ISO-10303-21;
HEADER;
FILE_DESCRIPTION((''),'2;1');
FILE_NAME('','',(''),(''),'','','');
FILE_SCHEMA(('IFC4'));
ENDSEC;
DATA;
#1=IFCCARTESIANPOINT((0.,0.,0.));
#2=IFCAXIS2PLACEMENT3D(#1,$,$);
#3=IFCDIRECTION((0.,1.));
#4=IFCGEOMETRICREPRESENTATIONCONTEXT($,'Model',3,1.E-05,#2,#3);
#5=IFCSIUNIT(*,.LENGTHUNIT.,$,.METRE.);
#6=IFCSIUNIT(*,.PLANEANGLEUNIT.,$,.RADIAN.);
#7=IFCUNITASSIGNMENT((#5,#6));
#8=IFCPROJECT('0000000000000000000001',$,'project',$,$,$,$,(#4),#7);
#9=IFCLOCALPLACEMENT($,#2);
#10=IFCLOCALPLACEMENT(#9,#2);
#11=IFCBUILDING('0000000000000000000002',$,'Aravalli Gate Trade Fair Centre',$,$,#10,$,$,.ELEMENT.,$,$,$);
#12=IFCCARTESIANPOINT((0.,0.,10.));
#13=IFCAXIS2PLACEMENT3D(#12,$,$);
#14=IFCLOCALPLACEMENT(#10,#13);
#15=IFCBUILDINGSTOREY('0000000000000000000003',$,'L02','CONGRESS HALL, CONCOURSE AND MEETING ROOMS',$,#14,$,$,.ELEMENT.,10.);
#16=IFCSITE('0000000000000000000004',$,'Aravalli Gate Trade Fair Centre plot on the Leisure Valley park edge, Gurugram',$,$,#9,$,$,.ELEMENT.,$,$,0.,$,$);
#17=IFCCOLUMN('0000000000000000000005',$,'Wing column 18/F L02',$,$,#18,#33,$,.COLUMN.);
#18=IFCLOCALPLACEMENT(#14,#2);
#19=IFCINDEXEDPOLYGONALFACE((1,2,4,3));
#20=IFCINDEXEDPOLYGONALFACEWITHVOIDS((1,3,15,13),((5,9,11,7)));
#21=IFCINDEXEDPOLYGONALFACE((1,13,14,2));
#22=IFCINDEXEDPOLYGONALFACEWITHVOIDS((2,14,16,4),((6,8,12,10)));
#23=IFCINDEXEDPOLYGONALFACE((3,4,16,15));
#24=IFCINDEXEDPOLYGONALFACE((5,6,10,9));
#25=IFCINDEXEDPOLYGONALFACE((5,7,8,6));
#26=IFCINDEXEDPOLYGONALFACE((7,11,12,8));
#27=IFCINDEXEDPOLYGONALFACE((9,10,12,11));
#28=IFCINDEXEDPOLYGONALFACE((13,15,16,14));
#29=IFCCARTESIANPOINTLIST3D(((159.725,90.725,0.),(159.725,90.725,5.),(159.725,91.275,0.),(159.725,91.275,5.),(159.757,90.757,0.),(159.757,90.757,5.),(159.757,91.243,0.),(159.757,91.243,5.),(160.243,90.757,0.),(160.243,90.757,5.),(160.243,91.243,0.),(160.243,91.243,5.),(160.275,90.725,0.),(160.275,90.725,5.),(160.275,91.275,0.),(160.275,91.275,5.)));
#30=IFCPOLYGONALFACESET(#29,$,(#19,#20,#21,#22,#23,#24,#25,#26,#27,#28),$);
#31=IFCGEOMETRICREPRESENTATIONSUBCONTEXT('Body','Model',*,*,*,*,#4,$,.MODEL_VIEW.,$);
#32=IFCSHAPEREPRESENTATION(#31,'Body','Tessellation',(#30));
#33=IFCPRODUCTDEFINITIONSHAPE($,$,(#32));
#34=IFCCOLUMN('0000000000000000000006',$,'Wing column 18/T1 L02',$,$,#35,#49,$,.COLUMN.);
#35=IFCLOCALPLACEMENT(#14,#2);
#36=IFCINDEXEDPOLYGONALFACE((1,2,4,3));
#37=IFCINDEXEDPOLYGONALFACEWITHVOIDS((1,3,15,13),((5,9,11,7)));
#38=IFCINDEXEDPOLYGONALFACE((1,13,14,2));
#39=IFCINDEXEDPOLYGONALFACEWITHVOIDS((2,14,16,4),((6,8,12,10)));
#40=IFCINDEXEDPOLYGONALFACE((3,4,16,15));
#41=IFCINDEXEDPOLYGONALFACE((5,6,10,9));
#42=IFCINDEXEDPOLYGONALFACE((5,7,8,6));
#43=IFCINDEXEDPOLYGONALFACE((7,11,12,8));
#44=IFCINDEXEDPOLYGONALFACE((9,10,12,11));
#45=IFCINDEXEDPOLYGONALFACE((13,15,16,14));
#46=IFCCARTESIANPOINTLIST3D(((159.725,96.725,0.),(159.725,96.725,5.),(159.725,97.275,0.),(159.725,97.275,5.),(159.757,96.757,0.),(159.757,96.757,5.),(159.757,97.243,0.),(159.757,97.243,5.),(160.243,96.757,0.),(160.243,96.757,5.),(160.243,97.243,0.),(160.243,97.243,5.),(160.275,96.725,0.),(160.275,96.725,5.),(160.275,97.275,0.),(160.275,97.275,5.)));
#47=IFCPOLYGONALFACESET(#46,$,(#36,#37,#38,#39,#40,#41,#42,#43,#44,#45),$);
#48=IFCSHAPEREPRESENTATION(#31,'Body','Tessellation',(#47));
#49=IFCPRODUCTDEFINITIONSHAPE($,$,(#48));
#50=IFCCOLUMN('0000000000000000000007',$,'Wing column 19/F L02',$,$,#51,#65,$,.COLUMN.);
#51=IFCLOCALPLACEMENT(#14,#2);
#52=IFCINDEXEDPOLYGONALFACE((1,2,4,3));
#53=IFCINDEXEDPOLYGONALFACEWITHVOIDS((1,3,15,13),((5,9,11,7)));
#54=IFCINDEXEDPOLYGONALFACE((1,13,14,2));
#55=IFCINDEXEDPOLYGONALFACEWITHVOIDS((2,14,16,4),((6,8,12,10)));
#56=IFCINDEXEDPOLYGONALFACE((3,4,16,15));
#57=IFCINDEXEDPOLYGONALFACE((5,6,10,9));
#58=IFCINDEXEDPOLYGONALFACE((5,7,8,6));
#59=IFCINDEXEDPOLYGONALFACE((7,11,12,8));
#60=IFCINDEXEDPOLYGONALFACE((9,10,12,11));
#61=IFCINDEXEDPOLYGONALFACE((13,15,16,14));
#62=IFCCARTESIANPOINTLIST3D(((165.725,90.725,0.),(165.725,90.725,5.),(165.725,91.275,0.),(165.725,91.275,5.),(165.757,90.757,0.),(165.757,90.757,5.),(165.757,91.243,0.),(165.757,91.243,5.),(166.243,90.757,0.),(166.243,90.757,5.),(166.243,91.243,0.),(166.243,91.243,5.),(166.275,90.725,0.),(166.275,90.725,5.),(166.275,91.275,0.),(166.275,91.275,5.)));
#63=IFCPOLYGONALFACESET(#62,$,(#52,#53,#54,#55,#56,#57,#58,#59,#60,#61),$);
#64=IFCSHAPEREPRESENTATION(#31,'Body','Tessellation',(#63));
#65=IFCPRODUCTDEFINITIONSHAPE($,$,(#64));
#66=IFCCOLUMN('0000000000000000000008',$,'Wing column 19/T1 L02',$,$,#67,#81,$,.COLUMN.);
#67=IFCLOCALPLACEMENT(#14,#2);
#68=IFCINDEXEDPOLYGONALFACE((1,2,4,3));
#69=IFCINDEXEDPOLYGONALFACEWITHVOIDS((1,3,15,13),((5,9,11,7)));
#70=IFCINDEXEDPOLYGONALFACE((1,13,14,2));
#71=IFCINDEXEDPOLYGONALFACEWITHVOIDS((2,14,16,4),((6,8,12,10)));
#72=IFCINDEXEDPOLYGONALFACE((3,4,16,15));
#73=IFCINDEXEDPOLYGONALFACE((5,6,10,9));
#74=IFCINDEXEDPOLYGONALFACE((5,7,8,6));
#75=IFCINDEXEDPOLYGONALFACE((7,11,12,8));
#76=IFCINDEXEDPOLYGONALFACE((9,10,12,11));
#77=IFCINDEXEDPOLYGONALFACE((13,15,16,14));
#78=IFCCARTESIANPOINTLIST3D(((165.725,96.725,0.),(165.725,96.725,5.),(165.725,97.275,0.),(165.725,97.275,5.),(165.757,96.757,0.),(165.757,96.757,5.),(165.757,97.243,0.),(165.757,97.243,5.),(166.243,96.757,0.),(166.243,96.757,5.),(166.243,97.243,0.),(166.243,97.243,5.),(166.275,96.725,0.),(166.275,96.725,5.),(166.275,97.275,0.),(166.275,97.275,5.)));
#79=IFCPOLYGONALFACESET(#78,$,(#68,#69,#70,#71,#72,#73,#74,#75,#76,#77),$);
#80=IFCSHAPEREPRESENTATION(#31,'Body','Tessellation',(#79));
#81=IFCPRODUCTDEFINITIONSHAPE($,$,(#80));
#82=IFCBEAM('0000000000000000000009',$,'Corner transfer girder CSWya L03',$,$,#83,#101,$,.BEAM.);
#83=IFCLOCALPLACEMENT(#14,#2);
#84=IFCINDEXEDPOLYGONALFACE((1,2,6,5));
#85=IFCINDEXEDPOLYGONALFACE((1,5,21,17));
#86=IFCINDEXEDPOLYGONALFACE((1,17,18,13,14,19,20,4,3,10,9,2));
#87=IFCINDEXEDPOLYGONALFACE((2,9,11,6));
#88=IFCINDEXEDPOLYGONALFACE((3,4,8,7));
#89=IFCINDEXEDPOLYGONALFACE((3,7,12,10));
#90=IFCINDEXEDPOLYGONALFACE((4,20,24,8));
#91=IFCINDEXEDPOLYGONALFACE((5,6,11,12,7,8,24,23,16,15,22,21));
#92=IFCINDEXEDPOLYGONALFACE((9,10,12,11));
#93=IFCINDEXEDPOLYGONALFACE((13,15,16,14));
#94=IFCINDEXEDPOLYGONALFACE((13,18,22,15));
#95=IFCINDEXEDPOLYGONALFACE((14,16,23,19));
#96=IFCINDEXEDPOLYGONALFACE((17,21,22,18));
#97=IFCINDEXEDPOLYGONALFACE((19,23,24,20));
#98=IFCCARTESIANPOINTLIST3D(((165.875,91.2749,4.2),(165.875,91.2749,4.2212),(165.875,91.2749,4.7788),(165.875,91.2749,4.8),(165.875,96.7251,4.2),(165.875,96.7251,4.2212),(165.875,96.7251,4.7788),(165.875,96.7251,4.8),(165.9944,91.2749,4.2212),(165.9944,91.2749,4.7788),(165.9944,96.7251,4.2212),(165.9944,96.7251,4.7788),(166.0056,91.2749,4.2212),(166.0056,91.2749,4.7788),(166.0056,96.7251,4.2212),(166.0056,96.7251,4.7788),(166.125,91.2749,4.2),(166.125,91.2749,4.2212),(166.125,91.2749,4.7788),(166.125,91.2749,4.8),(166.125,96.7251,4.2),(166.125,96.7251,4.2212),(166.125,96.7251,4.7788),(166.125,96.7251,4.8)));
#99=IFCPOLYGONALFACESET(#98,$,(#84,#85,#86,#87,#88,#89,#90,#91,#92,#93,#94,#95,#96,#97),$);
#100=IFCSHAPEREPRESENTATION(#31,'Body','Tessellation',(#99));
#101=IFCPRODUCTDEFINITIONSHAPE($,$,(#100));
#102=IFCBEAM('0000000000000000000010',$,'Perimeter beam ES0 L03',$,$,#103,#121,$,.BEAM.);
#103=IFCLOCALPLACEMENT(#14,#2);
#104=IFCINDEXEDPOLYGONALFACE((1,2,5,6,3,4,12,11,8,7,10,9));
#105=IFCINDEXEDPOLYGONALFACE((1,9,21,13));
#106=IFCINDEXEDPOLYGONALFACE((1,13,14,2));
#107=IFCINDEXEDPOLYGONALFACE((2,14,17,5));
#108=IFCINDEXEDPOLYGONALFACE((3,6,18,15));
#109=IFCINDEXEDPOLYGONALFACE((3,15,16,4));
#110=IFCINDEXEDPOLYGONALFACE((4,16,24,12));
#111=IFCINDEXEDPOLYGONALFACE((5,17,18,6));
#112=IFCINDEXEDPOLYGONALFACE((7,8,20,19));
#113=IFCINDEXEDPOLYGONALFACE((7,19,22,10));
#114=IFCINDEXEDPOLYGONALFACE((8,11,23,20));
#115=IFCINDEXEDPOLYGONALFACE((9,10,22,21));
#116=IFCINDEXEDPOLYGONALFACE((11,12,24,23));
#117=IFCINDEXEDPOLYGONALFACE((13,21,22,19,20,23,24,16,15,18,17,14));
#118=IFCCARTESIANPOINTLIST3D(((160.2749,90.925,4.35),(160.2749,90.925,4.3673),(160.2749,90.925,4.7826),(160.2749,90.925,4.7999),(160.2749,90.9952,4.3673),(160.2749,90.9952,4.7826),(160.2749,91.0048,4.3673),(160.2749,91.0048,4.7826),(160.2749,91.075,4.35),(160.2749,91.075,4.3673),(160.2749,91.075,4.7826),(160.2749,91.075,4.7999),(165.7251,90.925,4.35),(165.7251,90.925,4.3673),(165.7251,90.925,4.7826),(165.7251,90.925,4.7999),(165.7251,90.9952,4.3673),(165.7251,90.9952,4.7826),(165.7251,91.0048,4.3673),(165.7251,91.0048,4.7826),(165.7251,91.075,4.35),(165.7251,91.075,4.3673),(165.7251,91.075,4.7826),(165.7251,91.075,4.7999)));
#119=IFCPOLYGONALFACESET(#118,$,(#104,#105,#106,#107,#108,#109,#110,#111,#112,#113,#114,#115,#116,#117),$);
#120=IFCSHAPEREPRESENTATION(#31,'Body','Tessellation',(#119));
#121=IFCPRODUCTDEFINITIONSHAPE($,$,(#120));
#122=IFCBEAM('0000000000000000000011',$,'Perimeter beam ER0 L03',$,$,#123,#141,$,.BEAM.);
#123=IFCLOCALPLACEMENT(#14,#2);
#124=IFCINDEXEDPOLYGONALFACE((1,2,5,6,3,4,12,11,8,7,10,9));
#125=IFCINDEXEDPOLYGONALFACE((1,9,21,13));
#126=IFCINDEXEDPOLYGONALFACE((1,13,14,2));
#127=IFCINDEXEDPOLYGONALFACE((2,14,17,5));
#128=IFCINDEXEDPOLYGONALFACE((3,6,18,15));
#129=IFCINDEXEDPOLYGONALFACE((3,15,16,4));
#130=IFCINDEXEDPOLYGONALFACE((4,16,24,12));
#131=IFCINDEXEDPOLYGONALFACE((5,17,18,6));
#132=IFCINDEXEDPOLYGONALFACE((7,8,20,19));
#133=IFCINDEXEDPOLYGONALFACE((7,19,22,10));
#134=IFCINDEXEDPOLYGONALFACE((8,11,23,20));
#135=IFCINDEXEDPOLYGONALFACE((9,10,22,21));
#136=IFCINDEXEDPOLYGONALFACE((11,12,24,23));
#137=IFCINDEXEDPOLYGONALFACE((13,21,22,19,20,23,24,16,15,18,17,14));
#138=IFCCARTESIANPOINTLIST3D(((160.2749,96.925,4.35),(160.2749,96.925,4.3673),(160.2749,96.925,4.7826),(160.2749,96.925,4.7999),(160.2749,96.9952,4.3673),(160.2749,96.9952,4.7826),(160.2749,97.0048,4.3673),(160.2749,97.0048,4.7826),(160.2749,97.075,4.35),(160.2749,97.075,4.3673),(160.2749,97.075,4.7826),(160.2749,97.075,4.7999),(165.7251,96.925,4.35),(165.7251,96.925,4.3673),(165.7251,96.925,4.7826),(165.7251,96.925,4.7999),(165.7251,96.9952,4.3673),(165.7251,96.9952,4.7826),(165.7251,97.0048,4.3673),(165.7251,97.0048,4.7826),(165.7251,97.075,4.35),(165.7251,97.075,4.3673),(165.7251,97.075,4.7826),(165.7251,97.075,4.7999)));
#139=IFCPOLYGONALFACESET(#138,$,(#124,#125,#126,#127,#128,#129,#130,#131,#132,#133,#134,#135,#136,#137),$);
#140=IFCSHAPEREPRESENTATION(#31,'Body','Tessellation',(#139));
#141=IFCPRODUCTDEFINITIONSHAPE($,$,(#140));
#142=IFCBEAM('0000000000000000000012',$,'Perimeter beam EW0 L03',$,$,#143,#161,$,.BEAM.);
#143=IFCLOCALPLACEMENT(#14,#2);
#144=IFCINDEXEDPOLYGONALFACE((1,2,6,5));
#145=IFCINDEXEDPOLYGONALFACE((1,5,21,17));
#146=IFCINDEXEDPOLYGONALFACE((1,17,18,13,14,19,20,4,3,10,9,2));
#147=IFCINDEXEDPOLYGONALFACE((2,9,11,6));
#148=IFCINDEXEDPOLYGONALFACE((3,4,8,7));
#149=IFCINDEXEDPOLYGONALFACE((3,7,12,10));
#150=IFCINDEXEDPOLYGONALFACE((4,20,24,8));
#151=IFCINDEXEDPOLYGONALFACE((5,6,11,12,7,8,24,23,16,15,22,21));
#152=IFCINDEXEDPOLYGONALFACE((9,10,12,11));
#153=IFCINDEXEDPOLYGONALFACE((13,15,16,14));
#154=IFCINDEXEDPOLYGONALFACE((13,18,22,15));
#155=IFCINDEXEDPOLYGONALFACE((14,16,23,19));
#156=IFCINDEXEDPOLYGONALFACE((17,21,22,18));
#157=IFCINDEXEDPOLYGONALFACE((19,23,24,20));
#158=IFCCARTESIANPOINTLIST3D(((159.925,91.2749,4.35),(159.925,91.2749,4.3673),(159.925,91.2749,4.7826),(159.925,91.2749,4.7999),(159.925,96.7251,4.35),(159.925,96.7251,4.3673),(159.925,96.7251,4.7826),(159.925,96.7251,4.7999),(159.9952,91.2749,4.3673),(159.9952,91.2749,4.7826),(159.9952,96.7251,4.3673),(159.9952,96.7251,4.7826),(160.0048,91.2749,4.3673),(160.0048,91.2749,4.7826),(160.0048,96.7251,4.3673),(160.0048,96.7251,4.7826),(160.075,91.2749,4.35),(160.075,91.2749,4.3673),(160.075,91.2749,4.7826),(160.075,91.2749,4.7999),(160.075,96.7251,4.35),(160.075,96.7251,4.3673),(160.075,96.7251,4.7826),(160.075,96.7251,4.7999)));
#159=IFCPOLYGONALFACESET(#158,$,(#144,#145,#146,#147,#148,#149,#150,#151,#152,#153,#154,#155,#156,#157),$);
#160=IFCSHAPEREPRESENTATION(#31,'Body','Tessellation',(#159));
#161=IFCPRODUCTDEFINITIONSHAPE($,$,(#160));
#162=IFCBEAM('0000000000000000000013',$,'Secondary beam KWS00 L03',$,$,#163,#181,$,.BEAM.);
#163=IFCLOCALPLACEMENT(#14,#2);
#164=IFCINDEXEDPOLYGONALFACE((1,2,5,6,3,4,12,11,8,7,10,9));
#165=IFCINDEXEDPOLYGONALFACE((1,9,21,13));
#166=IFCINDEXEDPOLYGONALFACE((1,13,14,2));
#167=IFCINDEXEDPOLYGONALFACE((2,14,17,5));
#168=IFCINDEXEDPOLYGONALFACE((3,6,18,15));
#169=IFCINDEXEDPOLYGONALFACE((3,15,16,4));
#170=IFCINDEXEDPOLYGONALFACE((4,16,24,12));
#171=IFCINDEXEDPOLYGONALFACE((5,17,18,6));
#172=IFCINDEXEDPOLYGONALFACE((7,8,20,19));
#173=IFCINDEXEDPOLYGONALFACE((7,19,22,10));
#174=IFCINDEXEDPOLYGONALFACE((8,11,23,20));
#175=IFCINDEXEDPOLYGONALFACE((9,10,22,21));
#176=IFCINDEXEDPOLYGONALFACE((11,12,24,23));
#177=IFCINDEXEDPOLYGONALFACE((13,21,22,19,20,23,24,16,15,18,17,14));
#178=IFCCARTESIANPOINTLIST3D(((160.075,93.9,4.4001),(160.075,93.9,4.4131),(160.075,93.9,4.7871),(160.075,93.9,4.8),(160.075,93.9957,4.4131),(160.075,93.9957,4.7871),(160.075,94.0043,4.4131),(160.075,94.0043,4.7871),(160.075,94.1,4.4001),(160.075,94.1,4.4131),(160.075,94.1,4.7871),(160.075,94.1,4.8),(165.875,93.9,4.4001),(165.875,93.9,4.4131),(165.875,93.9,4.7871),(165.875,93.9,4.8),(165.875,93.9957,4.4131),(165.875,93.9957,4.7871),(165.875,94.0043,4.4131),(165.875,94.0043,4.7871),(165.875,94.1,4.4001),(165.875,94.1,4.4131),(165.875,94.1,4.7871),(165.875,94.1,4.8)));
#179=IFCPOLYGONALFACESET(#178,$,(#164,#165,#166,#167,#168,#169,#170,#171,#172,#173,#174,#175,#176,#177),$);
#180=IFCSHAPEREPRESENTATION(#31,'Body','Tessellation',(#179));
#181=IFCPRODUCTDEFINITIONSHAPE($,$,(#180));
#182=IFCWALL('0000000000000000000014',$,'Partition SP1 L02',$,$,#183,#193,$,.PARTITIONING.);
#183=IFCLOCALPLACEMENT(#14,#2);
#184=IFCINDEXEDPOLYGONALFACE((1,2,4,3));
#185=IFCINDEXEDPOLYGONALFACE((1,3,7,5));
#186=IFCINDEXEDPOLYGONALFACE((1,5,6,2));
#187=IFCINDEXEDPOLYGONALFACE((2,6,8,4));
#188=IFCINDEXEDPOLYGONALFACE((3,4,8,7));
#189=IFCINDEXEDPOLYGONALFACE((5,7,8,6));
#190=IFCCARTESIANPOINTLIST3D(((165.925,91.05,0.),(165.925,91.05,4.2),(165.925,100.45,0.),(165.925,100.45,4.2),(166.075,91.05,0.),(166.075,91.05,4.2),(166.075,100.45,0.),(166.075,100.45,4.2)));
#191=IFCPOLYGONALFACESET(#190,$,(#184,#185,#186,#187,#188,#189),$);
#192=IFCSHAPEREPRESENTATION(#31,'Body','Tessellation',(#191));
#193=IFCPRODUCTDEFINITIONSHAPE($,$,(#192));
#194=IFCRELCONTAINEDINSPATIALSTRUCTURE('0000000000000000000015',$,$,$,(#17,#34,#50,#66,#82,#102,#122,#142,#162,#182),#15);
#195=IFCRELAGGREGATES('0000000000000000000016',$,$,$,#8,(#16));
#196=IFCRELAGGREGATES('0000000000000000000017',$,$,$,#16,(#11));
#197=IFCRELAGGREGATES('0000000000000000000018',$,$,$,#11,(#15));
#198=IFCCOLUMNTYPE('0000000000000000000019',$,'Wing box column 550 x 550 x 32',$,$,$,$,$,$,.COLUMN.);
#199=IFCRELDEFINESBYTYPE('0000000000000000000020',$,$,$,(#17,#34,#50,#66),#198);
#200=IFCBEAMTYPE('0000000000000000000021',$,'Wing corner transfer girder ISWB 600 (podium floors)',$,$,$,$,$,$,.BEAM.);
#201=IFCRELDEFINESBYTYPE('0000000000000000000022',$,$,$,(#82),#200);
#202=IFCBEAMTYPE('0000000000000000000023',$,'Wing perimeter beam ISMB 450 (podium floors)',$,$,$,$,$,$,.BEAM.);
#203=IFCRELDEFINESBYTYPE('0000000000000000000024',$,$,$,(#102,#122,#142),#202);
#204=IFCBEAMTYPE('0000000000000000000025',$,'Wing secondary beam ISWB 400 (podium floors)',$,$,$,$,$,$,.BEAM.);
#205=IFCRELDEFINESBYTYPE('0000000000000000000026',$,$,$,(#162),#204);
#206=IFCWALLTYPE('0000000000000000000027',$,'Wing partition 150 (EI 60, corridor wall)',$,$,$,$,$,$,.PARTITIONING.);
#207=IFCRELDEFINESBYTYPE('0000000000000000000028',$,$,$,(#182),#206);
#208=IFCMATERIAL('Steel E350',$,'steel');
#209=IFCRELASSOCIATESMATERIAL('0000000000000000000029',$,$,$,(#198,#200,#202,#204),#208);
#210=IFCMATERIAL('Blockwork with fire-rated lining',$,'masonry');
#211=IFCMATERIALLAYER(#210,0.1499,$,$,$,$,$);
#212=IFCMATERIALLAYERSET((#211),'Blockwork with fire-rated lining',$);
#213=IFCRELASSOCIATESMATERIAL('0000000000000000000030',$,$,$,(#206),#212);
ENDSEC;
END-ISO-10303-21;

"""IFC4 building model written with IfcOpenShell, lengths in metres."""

from ifc_helpers import new_model, si_unit, direction, frame, frame_2d, origin, origin_2d, place, context, subcontext, project, spatial, rectangle, hollow_rectangle, i_section, extrude, material, layer, layer_set, material_profile, profile_set, type_object, element, save


model = new_model("IFC4")

# Units and contexts
model_context = context("Model", 3, precision=1e-05, world=origin(), true_north=direction((0.0, 1.0)))
body_context = subcontext(model_context, "Body", "Model", "MODEL_VIEW")
ifc_project = project(units=[si_unit("LENGTHUNIT", "METRE"), si_unit("PLANEANGLEUNIT", "RADIAN")], contexts=[model_context])

# Site, building, storey
site_placement = place(None, origin())
site = spatial("IfcSite", under=ifc_project, at=site_placement, Name="Aravalli Gate Trade Fair Centre plot on the Leisure Valley park edge, Gurugram", CompositionType="ELEMENT", RefElevation=0.0)
building_placement = place(site_placement, origin())
building = spatial("IfcBuilding", under=site, at=building_placement, Name="Aravalli Gate Trade Fair Centre", CompositionType="ELEMENT")
storey_placement = place(building_placement, frame((0.0, 0.0, 10.0)))
storey = spatial("IfcBuildingStorey", under=building, at=storey_placement, Name="L02", Description="CONGRESS HALL, CONCOURSE AND MEETING ROOMS", CompositionType="ELEMENT", Elevation=10.0)

# Columns
ifc_material_1 = material(Name="Steel E350", Category="steel")
ifc_material_profile_1 = material_profile(ifc_material_1, hollow_rectangle(XDim=0.55, YDim=0.55, WallThickness=0.032, at=origin_2d()), Name="BOX 550x550x32")
ifc_profile_set_1 = profile_set([ifc_material_profile_1], Name="Steel E350")
column_type = type_object("IfcColumnType", Name="Wing box column 550 x 550 x 32", PredefinedType="COLUMN", material=ifc_profile_set_1)
for number, where, z_axis, x_axis, name in (
    (1, (160.0, 91.0, 0.0), (0.0, 0.0, 1.0), (1.0, 0.0, 0.0), "Wing column 18/F L02"),
    (2, (160.0, 97.0, 0.0), (0.0, 0.0, 1.0), (1.0, 0.0, 0.0), "Wing column 18/T1 L02"),
    (3, (166.0, 91.0, 0.0), (0.0, 0.0, 1.0), (1.0, 0.0, 0.0), "Wing column 19/F L02"),
    (4, (166.0, 97.0, 0.0), (0.0, 0.0, 1.0), (1.0, 0.0, 0.0), "Wing column 19/T1 L02"),
):
    element("IfcColumn", number, at=place(storey_placement, frame(where, z_axis=z_axis, x_axis=x_axis)), inside=storey, type_object=column_type, Name=name, PredefinedType="COLUMN", context=body_context, shape_type="SweptSolid", body=[
        extrude(hollow_rectangle(XDim=0.55, YDim=0.55, WallThickness=0.032, at=origin_2d()), origin(), (0.0, 0.0, 1.0), 5.0),
    ])

# Beams
ifc_material_profile_2 = material_profile(ifc_material_1, i_section(OverallWidth=0.25, OverallDepth=0.6001, WebThickness=0.0112, FlangeThickness=0.0212, at=origin_2d()), Name="ISWB 600")
ifc_profile_set_2 = profile_set([ifc_material_profile_2], Name="Steel E350")
beam_type_1 = type_object("IfcBeamType", Name="Wing corner transfer girder ISWB 600 (podium floors)", PredefinedType="BEAM", material=ifc_profile_set_2)
beam_1_placement = place(storey_placement, frame((166.0, 91.2749, 4.5), z_axis=(0.0, 1.0, 0.0), x_axis=(-1.0, 0.0, 0.0)))
element("IfcBeam", 5, at=beam_1_placement, inside=storey, type_object=beam_type_1, Name="Corner transfer girder CSWya L03", PredefinedType="BEAM", context=body_context, shape_type="SweptSolid", body=[
    extrude(i_section(OverallWidth=0.25, OverallDepth=0.6001, WebThickness=0.0112, FlangeThickness=0.0212, at=origin_2d()), origin(), (0.0, 0.0, 1.0), 5.4502),
])
ifc_material_profile_3 = material_profile(ifc_material_1, i_section(OverallWidth=0.1499, OverallDepth=0.45, WebThickness=0.0095, FlangeThickness=0.0173, at=origin_2d()), Name="ISMB 450")
ifc_profile_set_3 = profile_set([ifc_material_profile_3], Name="Steel E350")
beam_type_2 = type_object("IfcBeamType", Name="Wing perimeter beam ISMB 450 (podium floors)", PredefinedType="BEAM", material=ifc_profile_set_3)
for number, where, z_axis, x_axis, name in (
    (6, (160.2749, 91.0, 4.575), (1.0, 0.0, 0.0), (0.0, 1.0, 0.0), "Perimeter beam ES0 L03"),
    (7, (160.2749, 97.0, 4.575), (1.0, 0.0, 0.0), (0.0, 1.0, 0.0), "Perimeter beam ER0 L03"),
    (8, (160.0, 91.2749, 4.575), (0.0, 1.0, 0.0), (-1.0, 0.0, 0.0), "Perimeter beam EW0 L03"),
):
    element("IfcBeam", number, at=place(storey_placement, frame(where, z_axis=z_axis, x_axis=x_axis)), inside=storey, type_object=beam_type_2, Name=name, PredefinedType="BEAM", context=body_context, shape_type="SweptSolid", body=[
        extrude(i_section(OverallWidth=0.1499, OverallDepth=0.45, WebThickness=0.0095, FlangeThickness=0.0173, at=origin_2d()), origin(), (0.0, 0.0, 1.0), 5.4502),
    ])
ifc_material_profile_4 = material_profile(ifc_material_1, i_section(OverallWidth=0.2, OverallDepth=0.3999, WebThickness=0.0085, FlangeThickness=0.0129, at=origin_2d()), Name="ISWB 400")
ifc_profile_set_4 = profile_set([ifc_material_profile_4], Name="Steel E350")
beam_type_3 = type_object("IfcBeamType", Name="Wing secondary beam ISWB 400 (podium floors)", PredefinedType="BEAM", material=ifc_profile_set_4)
beam_2_placement = place(storey_placement, frame((160.075, 94.0, 4.6001), z_axis=(1.0, 0.0, 0.0), x_axis=(0.0, 1.0, 0.0)))
element("IfcBeam", 9, at=beam_2_placement, inside=storey, type_object=beam_type_3, Name="Secondary beam KWS00 L03", PredefinedType="BEAM", context=body_context, shape_type="SweptSolid", body=[
    extrude(i_section(OverallWidth=0.2, OverallDepth=0.3999, WebThickness=0.0085, FlangeThickness=0.0129, at=origin_2d()), origin(), (0.0, 0.0, 1.0), 5.8),
])

# Wall
ifc_material_2 = material(Name="Blockwork with fire-rated lining", Category="masonry")
ifc_layer_1 = layer(ifc_material_2, 0.1499)
ifc_layer_set_1 = layer_set([ifc_layer_1], Name="Blockwork with fire-rated lining")
wall_type_1 = type_object("IfcWallType", Name="Wing partition 150 (EI 60, corridor wall)", PredefinedType="PARTITIONING", material=ifc_layer_set_1)
wall_1_placement = place(storey_placement, frame((166.0, 91.05, 0.0), z_axis=(0.0, 0.0, 1.0), x_axis=(0.0, 1.0, 0.0)))
element("IfcWall", 10, at=wall_1_placement, inside=storey, type_object=wall_type_1, Name="Partition SP1 L02", PredefinedType="PARTITIONING", context=body_context, shape_type="SweptSolid", body=[
    extrude(rectangle(XDim=9.3999, YDim=0.1499, at=frame_2d((4.7, 0.0))), origin(), (0.0, 0.0, 1.0), 4.2),
])

save(model, "model.ifc")
